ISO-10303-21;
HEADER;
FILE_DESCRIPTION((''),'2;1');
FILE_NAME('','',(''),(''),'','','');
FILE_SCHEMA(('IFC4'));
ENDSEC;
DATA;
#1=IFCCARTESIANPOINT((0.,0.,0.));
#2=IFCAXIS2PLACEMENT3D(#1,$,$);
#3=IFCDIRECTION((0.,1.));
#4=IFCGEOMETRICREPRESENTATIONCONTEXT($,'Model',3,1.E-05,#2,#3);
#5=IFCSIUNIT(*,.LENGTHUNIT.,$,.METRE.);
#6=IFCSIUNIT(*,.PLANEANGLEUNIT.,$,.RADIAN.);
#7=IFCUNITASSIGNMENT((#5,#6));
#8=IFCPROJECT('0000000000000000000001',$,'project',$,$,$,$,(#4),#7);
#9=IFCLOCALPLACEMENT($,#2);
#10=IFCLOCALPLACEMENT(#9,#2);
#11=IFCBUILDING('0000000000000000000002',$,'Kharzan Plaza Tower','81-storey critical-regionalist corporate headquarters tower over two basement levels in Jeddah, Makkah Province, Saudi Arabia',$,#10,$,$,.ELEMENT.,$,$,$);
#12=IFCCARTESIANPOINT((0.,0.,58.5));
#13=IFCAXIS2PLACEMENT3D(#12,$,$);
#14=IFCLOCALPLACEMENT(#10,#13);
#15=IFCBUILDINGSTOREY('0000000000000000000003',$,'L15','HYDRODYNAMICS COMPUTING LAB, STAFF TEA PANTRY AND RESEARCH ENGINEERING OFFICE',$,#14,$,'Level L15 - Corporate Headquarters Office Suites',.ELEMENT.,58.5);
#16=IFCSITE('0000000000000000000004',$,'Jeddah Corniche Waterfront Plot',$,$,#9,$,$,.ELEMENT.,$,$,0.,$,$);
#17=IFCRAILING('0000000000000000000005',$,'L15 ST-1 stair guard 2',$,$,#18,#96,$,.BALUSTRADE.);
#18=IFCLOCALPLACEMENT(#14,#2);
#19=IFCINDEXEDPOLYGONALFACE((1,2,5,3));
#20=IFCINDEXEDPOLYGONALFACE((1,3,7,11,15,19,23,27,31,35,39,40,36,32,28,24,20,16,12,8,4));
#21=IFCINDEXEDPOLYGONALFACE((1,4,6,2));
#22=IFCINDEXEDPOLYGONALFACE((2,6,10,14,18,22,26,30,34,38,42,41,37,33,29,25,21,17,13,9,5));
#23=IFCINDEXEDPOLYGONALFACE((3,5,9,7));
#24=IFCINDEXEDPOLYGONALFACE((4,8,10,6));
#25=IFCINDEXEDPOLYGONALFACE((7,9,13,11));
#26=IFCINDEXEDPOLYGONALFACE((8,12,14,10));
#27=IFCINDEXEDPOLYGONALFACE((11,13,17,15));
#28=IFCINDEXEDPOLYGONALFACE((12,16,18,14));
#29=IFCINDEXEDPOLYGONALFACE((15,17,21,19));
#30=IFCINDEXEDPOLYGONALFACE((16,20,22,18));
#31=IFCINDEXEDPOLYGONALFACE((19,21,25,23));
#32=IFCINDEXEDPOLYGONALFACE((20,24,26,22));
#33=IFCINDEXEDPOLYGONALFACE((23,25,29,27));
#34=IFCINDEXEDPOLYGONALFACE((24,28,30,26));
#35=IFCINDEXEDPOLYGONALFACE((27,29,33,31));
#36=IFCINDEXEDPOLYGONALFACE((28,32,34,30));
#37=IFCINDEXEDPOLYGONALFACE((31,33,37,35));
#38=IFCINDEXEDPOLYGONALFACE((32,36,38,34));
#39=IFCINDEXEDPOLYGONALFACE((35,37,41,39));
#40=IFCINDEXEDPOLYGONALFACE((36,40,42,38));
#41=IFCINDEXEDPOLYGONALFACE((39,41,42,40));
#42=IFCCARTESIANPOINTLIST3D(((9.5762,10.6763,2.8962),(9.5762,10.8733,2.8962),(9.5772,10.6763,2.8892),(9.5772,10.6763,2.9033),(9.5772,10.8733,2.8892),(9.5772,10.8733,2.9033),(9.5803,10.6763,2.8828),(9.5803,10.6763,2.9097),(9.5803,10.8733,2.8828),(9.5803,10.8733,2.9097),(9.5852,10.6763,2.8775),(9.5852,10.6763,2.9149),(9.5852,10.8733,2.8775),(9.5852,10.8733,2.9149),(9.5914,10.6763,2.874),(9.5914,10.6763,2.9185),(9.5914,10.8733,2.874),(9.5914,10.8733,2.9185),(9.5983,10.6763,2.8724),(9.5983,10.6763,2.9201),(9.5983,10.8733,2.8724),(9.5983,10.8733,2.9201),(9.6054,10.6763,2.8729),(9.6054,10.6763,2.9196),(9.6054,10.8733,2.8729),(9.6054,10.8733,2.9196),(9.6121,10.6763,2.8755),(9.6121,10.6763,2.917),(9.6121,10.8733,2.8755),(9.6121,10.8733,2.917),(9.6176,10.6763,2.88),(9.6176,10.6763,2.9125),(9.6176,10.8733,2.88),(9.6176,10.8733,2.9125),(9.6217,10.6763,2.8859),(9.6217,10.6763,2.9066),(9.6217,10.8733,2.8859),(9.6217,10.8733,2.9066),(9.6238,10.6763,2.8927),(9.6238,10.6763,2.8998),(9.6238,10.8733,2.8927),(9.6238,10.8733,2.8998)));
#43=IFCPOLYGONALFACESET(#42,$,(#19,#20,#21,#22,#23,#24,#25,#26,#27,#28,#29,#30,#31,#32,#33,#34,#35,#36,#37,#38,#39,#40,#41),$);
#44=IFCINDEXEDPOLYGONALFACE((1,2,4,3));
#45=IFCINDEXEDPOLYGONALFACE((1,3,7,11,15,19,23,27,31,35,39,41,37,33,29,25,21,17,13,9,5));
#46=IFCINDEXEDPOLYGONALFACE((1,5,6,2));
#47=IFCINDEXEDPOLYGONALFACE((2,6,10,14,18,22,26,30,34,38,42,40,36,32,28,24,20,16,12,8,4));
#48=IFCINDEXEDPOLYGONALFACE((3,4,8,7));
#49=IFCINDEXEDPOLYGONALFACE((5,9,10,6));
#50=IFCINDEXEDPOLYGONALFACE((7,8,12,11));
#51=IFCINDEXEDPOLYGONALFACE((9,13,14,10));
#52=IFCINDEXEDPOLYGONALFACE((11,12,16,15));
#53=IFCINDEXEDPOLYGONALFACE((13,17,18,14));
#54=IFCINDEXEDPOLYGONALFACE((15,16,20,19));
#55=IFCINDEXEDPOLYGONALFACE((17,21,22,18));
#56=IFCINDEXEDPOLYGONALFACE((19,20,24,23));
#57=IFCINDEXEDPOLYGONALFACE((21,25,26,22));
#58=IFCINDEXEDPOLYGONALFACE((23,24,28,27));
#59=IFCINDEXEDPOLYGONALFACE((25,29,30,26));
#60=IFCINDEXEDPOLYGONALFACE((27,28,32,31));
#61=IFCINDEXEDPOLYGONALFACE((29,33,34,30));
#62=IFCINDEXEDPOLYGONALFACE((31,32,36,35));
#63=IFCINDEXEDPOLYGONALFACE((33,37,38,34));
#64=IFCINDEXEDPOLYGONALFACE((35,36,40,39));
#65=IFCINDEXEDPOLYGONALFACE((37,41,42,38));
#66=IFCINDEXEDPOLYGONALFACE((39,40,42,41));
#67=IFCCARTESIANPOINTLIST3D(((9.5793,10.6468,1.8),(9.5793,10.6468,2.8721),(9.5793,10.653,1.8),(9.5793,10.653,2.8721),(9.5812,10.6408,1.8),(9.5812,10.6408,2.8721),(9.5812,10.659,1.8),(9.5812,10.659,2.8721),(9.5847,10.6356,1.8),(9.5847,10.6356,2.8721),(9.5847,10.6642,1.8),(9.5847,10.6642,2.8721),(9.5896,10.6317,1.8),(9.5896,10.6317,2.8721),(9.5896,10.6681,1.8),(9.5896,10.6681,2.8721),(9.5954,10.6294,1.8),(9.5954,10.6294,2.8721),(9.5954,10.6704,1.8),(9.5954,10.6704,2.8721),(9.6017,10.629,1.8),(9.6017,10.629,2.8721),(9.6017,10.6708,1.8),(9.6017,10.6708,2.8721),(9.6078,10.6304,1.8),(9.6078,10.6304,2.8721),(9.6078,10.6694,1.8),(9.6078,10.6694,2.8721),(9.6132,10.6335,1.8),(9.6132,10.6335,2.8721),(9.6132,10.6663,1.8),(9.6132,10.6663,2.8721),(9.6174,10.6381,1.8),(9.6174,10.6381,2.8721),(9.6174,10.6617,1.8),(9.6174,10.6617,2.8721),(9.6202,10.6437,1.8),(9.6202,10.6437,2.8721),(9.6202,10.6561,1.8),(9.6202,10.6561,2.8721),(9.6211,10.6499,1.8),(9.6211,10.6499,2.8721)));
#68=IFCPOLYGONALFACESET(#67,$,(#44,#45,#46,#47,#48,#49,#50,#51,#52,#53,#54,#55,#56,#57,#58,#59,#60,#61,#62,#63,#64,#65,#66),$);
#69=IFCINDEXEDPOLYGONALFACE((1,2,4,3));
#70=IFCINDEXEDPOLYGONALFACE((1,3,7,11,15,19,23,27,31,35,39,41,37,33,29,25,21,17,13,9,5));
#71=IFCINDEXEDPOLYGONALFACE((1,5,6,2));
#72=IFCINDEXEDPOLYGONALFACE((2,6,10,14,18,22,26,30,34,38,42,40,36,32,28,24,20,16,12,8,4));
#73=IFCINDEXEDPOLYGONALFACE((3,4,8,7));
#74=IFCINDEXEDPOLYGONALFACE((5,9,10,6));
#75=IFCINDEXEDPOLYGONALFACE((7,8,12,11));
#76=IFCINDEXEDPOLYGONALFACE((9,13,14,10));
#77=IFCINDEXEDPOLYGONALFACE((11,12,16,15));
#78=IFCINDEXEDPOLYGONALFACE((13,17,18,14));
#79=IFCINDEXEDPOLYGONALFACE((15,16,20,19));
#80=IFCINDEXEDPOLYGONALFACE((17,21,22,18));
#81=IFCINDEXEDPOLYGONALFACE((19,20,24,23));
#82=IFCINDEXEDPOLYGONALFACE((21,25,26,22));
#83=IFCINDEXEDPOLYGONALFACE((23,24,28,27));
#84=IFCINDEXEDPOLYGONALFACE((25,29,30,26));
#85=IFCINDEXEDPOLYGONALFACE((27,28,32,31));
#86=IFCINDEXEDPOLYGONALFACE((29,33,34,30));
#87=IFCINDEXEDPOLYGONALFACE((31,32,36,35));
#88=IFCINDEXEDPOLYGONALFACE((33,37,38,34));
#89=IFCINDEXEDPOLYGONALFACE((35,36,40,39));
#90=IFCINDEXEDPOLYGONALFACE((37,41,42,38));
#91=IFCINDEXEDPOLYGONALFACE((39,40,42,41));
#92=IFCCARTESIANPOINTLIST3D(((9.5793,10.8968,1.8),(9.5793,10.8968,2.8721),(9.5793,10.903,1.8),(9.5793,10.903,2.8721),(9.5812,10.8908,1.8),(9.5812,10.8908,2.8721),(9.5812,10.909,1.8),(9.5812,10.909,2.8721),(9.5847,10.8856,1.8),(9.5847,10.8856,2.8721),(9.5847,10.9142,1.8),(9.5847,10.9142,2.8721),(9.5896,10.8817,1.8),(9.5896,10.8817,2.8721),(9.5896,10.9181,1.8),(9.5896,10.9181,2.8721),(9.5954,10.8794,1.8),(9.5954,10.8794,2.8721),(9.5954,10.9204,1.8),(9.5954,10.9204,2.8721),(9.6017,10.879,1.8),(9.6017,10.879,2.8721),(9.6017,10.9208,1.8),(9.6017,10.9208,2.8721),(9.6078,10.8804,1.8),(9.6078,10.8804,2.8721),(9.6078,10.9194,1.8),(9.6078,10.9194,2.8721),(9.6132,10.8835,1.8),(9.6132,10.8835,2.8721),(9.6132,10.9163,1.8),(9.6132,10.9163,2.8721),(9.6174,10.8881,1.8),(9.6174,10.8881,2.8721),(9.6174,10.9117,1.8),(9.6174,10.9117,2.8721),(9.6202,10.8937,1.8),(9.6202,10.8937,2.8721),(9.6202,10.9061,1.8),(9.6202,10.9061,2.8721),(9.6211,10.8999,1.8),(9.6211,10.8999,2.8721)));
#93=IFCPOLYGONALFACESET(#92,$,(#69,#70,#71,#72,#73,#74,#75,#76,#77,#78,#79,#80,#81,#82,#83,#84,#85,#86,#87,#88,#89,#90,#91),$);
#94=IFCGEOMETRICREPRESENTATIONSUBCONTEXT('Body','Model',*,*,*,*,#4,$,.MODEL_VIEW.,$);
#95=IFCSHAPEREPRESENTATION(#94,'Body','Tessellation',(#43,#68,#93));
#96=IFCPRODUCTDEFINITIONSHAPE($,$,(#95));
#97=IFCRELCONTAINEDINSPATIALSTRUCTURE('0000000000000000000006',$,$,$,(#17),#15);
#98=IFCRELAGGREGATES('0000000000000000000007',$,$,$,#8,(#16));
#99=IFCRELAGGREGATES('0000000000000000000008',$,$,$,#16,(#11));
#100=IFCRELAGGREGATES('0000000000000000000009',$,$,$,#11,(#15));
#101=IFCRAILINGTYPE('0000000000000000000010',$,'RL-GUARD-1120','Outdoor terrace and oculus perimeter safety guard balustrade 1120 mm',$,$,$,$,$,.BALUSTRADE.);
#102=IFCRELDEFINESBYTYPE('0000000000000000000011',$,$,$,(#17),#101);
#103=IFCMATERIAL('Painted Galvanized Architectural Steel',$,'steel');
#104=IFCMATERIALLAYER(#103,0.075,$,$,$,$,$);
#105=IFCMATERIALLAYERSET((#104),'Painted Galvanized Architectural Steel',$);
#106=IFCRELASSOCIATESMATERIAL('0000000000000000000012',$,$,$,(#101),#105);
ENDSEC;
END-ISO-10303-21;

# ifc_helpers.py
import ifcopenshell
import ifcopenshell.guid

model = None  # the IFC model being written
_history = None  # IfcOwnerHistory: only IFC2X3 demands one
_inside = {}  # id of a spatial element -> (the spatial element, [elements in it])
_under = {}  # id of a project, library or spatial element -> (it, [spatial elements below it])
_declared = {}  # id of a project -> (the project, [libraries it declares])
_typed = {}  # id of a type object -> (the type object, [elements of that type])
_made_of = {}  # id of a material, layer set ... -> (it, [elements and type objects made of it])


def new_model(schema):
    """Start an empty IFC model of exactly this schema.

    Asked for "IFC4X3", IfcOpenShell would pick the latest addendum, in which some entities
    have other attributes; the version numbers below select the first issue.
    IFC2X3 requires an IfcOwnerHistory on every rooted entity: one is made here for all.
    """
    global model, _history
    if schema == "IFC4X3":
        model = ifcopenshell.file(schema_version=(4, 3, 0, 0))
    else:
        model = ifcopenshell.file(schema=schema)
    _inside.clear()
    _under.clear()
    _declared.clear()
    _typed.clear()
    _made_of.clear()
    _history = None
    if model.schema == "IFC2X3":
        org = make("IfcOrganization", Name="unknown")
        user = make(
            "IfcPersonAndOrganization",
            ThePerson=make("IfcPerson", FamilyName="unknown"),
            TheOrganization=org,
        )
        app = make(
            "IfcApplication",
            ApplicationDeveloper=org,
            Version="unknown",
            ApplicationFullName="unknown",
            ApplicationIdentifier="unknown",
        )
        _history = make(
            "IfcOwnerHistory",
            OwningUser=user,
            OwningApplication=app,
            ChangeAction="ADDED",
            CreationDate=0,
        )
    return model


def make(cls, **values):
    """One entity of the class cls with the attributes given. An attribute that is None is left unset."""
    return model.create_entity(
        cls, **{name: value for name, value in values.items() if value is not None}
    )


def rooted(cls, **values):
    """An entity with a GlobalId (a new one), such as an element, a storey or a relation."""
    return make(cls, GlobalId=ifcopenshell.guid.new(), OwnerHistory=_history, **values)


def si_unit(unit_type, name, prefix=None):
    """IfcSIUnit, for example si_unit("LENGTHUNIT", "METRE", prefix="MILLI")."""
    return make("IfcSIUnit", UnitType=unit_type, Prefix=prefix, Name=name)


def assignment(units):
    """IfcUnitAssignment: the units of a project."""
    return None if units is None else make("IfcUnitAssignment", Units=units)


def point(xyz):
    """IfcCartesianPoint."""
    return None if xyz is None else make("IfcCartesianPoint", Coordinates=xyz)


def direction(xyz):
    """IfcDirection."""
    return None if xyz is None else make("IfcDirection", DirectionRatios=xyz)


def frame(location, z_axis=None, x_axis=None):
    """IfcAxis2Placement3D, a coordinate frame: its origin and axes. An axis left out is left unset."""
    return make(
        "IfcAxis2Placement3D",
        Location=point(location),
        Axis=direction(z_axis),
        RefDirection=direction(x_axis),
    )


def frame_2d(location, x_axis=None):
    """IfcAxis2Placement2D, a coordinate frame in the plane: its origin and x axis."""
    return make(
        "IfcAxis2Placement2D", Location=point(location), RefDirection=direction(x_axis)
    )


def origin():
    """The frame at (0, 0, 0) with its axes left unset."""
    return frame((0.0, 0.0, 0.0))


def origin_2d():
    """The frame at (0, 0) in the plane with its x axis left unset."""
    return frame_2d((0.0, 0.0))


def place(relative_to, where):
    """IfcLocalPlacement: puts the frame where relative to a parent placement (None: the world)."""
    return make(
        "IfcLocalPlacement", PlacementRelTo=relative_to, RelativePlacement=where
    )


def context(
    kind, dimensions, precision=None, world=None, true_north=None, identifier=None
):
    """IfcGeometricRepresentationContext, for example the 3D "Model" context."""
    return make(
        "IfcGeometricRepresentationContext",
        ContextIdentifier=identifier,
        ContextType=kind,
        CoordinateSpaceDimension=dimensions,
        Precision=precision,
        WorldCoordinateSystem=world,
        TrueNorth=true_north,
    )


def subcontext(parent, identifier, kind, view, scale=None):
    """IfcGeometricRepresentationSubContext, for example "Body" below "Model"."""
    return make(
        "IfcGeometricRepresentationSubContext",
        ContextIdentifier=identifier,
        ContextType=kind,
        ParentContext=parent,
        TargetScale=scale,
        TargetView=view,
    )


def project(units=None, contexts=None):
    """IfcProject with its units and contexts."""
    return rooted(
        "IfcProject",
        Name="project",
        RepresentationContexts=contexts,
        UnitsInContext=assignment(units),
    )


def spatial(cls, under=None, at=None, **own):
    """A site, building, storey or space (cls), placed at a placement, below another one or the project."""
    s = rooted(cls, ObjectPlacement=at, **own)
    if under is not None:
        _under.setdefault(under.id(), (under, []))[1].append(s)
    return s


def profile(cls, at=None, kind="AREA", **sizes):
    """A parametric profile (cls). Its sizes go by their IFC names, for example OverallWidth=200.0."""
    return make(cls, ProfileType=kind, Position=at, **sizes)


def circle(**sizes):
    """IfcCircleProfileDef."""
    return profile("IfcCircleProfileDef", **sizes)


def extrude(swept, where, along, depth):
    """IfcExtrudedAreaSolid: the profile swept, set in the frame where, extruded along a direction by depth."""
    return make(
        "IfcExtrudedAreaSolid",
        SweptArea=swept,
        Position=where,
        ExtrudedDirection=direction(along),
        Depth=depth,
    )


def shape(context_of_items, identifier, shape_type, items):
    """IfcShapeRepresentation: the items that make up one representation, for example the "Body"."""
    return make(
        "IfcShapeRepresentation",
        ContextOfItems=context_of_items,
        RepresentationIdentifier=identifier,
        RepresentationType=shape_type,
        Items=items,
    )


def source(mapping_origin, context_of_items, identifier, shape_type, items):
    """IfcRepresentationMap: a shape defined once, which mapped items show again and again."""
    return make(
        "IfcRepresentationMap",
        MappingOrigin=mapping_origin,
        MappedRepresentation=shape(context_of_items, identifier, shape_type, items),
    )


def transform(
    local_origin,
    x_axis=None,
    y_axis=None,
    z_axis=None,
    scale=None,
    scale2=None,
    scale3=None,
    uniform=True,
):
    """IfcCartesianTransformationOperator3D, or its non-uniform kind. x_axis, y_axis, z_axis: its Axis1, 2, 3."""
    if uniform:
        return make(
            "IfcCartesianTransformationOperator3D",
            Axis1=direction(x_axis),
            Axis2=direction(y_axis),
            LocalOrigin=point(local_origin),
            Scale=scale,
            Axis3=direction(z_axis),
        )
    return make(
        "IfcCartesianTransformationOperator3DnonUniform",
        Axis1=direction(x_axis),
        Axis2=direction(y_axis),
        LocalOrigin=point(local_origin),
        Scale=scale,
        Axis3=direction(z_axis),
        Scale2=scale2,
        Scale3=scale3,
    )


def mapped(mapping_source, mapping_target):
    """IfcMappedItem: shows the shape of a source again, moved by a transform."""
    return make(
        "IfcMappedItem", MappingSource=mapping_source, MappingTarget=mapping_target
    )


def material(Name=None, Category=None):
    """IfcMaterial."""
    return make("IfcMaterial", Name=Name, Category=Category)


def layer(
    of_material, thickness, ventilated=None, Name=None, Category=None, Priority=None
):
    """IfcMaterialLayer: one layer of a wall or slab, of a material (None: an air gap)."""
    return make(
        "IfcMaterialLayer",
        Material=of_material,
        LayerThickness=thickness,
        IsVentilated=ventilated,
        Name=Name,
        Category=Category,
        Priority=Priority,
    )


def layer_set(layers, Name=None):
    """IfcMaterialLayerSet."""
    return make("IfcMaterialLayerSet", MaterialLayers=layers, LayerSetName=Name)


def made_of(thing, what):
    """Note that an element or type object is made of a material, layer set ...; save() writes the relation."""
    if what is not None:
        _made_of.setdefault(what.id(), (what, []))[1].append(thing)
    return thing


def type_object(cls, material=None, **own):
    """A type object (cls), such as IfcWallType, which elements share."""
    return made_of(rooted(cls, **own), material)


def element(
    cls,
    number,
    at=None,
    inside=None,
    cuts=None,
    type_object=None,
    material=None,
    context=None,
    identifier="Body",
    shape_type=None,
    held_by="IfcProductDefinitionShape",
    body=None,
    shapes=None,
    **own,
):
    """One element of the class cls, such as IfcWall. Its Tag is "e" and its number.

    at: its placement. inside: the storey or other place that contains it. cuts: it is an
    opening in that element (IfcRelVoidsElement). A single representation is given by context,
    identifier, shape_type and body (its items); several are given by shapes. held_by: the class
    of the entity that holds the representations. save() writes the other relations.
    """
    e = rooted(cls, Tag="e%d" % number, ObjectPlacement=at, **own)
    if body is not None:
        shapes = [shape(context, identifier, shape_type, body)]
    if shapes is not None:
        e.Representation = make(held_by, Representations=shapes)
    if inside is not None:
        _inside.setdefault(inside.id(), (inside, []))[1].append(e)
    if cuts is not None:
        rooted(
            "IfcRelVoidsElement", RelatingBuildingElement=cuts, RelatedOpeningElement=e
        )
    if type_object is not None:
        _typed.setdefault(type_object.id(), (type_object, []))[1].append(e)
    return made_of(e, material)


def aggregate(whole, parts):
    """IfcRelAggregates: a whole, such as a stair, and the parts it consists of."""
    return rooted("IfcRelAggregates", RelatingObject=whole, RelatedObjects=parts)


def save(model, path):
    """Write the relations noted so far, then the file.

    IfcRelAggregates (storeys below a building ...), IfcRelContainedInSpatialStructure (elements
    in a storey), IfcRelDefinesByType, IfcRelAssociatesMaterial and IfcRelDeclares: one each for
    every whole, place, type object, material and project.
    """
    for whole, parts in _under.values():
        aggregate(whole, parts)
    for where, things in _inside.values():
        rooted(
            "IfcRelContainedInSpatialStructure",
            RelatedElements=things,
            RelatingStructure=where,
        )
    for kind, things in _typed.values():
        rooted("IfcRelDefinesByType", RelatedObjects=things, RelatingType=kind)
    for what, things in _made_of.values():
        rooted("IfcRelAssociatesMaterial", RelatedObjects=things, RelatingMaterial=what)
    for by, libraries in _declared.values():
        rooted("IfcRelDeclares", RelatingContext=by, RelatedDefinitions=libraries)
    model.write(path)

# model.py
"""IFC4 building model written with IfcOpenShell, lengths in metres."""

from ifc_helpers import new_model, si_unit, direction, frame, origin, origin_2d, place, context, subcontext, project, spatial, circle, extrude, source, transform, mapped, material, layer, layer_set, type_object, element, save


model = new_model("IFC4")

# Units and contexts
model_context = context("Model", 3, precision=1e-05, world=origin(), true_north=direction((0.0, 1.0)))
body_context = subcontext(model_context, "Body", "Model", "MODEL_VIEW")
ifc_project = project(units=[si_unit("LENGTHUNIT", "METRE"), si_unit("PLANEANGLEUNIT", "RADIAN")], contexts=[model_context])

# Site, building, storey
site_placement = place(None, origin())
site = spatial("IfcSite", under=ifc_project, at=site_placement, Name="Jeddah Corniche Waterfront Plot", CompositionType="ELEMENT", RefElevation=0.0)
building_placement = place(site_placement, origin())
building = spatial("IfcBuilding", under=site, at=building_placement, Name="Kharzan Plaza Tower", Description="81-storey critical-regionalist corporate headquarters tower over two basement levels in Jeddah, Makkah Province, Saudi Arabia", CompositionType="ELEMENT")
storey_placement = place(building_placement, frame((0.0, 0.0, 58.5)))
storey = spatial("IfcBuildingStorey", under=building, at=storey_placement, Name="L15", Description="HYDRODYNAMICS COMPUTING LAB, STAFF TEA PANTRY AND RESEARCH ENGINEERING OFFICE", LongName="Level L15 - Corporate Headquarters Office Suites", CompositionType="ELEMENT", Elevation=58.5)

# Railing
ifc_material_1 = material(Name="Painted Galvanized Architectural Steel", Category="steel")
ifc_layer_1 = layer(ifc_material_1, 0.075)
ifc_layer_set_1 = layer_set([ifc_layer_1], Name="Painted Galvanized Architectural Steel")
railing_type_1 = type_object("IfcRailingType", Name="RL-GUARD-1120", Description="Outdoor terrace and oculus perimeter safety guard balustrade 1120 mm", PredefinedType="BALUSTRADE", material=ifc_layer_set_1)
shared_shape_1 = source(origin(), body_context, "Body", "SweptSolid", [
    extrude(circle(Radius=0.0239, at=origin_2d()), frame((0.0, 0.0264, 1.0962), z_axis=(0.0, 1.0, 0.0), x_axis=(-1.0, 0.0, 0.0)), (0.0, 0.0, 1.0), 0.197),
    extrude(circle(Radius=0.021, at=origin_2d()), origin(), (0.0, 0.0, 1.0), 1.072),
    extrude(circle(Radius=0.021, at=origin_2d()), frame((0.0, 0.25, 0.0)), (0.0, 0.0, 1.0), 1.072),
])
railing_1_placement = place(storey_placement, frame((9.6001, 10.6499, 1.8)))
element("IfcRailing", 1, at=railing_1_placement, inside=storey, type_object=railing_type_1, Name="L15 ST-1 stair guard 2", PredefinedType="BALUSTRADE", context=body_context, shape_type="MappedRepresentation", body=[
    mapped(shared_shape_1, transform((0.0, 0.0, 0.0), x_axis=(1.0, 0.0, 0.0), y_axis=(0.0, 1.0, 0.0), z_axis=(0.0, 0.0, 1.0))),
])

save(model, "model.ifc")
